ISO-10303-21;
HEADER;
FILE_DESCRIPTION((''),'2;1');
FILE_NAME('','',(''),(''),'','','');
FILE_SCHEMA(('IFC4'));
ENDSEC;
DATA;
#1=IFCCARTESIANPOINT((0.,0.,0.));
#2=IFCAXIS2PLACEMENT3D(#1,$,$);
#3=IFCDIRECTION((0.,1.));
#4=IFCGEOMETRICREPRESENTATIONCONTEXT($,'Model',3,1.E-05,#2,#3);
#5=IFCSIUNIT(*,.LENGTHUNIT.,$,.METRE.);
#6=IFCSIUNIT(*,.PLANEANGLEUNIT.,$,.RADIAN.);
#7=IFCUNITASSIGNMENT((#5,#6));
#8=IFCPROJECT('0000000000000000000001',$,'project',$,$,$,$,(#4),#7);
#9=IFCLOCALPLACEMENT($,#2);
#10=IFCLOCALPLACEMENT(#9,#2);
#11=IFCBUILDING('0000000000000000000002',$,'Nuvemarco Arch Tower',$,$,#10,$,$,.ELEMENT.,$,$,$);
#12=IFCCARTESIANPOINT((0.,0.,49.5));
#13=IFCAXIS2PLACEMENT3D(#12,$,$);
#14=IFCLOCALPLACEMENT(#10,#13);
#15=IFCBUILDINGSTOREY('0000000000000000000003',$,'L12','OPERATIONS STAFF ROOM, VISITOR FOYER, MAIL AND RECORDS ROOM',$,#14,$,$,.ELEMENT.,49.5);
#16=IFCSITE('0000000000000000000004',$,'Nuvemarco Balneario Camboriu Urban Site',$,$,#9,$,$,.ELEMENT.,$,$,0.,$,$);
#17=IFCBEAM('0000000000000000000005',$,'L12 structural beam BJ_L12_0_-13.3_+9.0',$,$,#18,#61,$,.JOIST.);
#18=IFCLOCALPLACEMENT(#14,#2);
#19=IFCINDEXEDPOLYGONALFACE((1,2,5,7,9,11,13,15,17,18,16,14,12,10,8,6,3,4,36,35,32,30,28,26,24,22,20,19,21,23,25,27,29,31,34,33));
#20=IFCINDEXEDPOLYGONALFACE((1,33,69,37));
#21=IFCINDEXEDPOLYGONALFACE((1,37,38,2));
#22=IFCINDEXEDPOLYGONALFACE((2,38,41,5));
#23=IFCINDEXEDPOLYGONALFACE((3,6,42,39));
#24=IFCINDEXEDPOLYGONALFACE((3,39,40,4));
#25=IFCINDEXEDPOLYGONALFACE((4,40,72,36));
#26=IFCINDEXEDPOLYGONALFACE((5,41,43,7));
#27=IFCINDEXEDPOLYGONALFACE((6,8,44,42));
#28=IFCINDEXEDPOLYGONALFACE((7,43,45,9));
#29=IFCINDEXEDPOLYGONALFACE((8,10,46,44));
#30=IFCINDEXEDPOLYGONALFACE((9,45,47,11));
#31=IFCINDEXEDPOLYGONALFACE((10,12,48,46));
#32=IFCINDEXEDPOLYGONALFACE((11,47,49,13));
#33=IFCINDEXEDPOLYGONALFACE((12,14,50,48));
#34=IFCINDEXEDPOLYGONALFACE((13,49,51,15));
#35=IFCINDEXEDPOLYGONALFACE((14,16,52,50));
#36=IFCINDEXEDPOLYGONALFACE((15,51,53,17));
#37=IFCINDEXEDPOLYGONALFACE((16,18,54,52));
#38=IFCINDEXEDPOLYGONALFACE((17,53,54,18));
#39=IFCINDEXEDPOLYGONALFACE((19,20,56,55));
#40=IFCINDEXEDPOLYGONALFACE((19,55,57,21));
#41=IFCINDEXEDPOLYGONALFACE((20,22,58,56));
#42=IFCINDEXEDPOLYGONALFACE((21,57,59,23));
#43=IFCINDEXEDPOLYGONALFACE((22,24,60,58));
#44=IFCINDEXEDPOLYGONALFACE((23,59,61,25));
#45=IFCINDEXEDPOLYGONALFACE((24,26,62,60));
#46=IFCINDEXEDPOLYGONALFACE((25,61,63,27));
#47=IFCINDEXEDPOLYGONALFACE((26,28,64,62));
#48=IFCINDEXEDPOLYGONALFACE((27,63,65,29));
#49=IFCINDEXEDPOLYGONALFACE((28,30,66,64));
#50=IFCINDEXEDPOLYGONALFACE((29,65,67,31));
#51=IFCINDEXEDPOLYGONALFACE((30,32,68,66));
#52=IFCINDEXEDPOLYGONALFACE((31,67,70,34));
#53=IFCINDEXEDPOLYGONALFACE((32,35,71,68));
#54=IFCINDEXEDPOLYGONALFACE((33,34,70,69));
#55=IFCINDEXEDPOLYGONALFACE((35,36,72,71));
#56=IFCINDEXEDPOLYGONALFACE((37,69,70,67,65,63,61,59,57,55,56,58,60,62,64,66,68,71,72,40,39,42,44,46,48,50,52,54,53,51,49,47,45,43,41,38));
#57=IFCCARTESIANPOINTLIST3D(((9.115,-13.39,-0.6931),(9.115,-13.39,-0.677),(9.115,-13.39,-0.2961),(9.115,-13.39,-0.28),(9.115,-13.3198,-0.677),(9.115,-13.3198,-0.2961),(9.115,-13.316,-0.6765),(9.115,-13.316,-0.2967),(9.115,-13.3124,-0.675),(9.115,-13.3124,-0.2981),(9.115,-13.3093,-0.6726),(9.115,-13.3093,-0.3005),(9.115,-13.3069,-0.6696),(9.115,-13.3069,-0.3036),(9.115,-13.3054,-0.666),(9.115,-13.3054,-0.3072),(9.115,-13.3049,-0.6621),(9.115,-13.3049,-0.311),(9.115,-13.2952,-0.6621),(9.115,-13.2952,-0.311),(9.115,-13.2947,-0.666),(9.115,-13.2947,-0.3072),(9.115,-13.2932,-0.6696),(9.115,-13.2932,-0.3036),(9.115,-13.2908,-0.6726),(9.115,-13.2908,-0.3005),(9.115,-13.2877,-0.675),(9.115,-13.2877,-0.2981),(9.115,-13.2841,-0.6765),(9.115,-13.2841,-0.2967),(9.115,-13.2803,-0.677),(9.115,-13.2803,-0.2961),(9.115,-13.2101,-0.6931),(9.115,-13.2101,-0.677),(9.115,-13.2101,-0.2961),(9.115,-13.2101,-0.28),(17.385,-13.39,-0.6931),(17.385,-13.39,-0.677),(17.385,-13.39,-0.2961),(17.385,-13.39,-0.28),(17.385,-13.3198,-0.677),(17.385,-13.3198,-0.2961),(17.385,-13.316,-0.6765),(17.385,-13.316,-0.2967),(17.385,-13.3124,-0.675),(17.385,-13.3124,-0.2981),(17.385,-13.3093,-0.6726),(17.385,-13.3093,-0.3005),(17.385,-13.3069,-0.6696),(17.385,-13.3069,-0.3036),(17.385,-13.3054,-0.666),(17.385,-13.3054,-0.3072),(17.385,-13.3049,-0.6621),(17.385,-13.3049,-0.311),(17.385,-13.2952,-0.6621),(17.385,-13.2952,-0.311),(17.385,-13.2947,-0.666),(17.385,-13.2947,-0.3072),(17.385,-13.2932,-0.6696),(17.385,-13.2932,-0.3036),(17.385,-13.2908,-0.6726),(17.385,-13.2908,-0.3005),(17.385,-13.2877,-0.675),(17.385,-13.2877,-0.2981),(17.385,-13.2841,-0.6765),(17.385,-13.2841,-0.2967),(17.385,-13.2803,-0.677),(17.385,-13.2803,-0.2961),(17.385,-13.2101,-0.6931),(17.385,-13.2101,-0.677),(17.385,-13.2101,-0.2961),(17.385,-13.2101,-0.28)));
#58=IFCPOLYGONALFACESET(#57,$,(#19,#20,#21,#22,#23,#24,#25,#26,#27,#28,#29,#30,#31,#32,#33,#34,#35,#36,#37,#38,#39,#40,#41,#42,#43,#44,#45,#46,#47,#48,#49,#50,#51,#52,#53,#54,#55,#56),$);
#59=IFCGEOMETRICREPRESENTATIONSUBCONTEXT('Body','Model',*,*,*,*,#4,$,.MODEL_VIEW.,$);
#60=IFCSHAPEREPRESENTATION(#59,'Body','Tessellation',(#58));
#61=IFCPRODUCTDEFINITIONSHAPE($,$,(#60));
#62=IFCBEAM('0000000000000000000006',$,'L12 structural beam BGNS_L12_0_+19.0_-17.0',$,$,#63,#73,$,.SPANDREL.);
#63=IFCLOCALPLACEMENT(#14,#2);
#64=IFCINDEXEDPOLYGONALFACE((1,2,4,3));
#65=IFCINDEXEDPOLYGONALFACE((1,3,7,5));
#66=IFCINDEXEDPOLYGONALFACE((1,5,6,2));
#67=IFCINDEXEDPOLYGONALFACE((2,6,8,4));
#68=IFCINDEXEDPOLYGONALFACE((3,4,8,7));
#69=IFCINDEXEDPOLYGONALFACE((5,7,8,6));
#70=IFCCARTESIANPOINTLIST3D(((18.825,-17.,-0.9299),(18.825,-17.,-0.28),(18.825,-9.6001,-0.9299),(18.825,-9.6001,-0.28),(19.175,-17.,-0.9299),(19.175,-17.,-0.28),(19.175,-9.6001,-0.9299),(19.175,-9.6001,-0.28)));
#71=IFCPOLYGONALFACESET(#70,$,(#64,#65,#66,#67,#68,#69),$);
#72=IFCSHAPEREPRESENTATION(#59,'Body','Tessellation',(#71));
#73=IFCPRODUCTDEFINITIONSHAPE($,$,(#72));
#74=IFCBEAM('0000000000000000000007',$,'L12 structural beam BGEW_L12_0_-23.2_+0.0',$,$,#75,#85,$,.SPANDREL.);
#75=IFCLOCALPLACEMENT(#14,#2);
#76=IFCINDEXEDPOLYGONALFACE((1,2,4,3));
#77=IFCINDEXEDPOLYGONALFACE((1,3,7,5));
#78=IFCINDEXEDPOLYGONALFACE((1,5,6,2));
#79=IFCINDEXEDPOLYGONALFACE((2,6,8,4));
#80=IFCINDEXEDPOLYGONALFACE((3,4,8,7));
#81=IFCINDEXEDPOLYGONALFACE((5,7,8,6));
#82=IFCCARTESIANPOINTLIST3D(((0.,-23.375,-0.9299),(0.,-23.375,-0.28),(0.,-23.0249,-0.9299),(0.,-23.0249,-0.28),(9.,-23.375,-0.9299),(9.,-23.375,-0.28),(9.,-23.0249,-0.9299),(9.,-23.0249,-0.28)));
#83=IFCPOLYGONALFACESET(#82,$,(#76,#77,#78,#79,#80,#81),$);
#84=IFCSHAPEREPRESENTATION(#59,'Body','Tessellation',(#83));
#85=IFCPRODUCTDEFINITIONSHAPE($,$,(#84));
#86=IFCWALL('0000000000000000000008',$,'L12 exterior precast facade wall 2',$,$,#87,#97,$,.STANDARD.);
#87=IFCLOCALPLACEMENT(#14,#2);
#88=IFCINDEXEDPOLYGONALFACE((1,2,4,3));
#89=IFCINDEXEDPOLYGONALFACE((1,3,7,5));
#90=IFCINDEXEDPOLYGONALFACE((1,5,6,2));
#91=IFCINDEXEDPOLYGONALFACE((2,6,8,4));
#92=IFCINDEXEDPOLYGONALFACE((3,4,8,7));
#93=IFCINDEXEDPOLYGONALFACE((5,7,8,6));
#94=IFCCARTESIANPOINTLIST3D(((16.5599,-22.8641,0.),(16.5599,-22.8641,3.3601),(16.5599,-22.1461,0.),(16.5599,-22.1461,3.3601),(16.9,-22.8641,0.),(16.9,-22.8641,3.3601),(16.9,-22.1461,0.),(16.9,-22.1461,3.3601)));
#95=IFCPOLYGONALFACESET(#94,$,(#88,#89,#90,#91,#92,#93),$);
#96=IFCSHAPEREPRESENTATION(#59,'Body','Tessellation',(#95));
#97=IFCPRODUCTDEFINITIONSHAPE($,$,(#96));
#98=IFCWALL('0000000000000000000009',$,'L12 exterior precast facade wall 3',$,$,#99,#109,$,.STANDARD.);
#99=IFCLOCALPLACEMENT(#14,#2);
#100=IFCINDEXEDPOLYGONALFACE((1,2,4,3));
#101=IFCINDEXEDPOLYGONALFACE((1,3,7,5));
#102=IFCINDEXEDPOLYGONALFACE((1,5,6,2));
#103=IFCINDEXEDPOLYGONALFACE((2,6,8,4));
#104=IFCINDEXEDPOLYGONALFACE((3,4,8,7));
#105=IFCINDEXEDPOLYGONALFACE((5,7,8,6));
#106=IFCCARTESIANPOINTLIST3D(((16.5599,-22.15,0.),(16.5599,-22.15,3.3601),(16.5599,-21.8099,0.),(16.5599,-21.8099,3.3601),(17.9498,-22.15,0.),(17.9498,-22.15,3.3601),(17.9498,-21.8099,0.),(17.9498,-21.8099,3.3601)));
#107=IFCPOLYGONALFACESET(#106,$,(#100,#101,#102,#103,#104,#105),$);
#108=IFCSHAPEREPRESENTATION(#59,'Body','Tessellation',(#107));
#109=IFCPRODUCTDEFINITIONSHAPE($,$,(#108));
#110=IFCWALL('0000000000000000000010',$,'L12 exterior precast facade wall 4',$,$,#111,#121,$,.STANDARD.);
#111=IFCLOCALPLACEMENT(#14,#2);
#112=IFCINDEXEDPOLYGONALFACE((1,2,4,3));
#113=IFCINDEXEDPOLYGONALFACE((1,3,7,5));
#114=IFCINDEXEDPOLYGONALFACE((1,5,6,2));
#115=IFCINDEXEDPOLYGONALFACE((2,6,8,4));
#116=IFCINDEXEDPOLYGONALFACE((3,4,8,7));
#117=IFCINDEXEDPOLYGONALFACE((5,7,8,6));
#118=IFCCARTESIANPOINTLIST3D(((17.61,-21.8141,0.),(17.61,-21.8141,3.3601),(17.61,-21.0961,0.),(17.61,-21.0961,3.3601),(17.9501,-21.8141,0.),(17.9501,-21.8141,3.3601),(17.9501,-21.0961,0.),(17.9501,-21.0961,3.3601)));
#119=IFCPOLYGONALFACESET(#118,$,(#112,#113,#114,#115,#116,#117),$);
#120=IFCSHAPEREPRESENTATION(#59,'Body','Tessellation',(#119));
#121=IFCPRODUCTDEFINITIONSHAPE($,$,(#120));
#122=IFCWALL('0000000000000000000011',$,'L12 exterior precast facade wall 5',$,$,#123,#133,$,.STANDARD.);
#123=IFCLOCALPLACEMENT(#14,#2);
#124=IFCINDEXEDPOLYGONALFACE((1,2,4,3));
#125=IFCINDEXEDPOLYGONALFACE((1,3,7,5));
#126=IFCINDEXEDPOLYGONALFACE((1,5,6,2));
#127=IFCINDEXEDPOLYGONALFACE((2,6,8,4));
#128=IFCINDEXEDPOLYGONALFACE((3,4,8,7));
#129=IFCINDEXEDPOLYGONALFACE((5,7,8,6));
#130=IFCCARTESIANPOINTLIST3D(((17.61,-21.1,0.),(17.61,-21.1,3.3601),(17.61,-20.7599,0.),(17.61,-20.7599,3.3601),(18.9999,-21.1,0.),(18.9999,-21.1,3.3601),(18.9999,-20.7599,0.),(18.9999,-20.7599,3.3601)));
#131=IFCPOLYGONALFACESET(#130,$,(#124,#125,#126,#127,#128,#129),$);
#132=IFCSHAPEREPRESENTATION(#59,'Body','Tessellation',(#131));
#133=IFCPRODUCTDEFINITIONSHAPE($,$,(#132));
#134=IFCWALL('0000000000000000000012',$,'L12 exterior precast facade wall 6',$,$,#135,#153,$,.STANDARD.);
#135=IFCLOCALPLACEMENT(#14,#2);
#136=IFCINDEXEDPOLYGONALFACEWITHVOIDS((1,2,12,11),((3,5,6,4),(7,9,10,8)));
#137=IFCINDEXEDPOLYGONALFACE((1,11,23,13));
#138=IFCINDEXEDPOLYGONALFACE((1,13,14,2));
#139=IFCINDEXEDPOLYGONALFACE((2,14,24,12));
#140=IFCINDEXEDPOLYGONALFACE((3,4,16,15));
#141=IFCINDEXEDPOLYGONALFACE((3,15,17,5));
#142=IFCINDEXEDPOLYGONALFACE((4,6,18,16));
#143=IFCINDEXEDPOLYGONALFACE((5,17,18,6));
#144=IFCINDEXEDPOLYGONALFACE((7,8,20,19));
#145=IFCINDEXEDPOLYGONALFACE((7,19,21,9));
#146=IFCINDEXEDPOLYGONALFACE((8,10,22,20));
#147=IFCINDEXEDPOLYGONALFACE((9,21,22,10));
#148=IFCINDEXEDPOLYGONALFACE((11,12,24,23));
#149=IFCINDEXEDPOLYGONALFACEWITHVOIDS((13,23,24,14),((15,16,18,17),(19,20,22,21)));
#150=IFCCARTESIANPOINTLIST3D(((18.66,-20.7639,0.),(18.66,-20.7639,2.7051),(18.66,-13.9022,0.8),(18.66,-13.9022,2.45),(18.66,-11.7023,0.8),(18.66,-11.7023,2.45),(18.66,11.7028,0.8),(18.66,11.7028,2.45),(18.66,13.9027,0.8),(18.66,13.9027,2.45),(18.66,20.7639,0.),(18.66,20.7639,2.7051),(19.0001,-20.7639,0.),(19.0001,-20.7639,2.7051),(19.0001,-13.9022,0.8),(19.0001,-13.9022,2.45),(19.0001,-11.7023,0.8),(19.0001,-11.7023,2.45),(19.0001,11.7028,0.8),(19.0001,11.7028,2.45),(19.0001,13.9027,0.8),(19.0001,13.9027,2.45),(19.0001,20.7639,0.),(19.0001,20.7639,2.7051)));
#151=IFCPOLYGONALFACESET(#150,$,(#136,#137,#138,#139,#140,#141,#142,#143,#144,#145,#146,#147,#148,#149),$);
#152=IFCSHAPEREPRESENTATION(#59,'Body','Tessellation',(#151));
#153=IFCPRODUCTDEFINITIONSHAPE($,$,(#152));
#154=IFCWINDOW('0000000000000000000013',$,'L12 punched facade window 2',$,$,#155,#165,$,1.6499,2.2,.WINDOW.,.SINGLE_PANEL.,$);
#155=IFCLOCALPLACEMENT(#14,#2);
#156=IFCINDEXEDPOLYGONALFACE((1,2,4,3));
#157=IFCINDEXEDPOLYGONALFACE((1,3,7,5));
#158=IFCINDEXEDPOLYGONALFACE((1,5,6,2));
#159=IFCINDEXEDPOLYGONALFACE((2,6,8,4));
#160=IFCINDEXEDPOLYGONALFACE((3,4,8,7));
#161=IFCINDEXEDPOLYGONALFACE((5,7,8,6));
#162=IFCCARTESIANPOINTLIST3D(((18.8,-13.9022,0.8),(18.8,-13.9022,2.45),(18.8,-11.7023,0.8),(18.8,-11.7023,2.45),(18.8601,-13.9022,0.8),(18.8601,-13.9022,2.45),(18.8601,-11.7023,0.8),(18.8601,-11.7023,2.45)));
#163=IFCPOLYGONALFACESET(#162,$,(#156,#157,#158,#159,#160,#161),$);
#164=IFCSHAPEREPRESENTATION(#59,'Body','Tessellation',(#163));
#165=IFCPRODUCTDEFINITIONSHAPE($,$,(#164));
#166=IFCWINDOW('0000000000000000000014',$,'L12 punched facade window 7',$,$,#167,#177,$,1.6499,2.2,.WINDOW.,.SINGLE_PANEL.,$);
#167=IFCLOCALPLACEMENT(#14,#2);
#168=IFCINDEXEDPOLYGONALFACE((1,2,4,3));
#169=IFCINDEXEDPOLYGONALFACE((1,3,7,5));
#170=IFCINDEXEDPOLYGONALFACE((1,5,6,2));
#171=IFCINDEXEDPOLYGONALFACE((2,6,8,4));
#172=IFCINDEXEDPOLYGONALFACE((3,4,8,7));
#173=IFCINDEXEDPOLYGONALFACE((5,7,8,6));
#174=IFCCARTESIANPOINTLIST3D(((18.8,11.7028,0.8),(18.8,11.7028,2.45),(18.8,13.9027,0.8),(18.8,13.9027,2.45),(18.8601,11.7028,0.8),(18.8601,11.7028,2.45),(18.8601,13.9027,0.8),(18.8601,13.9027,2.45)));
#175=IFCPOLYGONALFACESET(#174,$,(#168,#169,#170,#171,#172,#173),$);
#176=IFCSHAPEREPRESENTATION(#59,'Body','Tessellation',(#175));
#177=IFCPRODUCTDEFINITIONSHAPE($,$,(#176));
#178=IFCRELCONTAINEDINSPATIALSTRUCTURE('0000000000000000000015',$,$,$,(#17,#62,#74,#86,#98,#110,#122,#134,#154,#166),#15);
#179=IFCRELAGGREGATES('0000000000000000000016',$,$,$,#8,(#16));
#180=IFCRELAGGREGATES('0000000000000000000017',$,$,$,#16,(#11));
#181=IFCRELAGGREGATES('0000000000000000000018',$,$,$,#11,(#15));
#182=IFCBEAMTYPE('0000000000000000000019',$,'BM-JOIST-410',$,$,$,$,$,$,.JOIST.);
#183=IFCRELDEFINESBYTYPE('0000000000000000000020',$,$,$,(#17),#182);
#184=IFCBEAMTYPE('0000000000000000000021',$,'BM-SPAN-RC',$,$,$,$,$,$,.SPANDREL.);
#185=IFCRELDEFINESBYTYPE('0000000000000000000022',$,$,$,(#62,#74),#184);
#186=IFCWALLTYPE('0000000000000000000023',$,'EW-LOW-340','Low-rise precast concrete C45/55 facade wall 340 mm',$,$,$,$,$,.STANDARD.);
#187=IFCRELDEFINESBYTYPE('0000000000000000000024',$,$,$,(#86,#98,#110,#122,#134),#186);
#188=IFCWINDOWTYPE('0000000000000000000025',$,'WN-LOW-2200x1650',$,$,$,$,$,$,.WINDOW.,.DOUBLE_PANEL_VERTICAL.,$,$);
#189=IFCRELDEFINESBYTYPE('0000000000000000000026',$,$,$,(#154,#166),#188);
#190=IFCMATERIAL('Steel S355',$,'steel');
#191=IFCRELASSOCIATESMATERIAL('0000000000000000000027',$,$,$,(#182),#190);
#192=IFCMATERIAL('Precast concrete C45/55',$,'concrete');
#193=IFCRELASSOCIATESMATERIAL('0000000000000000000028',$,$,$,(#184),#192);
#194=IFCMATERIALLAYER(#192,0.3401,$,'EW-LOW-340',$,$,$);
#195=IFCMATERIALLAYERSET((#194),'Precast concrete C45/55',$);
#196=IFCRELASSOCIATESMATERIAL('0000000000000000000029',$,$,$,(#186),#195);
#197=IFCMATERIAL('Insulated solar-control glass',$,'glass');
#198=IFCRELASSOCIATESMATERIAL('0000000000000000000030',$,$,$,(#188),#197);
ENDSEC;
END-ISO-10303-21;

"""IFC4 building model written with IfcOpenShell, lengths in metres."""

from ifc_helpers import new_model, si_unit, direction, frame, frame_2d, origin, origin_2d, place, context, subcontext, project, spatial, rectangle, i_section, extrude, source, transform, mapped, material, layer, layer_set, material_profile, profile_set, type_object, type_shapes, element, fill, save


model = new_model("IFC4")

# Units and contexts
model_context = context("Model", 3, precision=1e-05, world=origin(), true_north=direction((0.0, 1.0)))
body_context = subcontext(model_context, "Body", "Model", "MODEL_VIEW")
ifc_project = project(units=[si_unit("LENGTHUNIT", "METRE"), si_unit("PLANEANGLEUNIT", "RADIAN")], contexts=[model_context])

# Site, building, storey
site_placement = place(None, origin())
site = spatial("IfcSite", under=ifc_project, at=site_placement, Name="Nuvemarco Balneario Camboriu Urban Site", CompositionType="ELEMENT", RefElevation=0.0)
building_placement = place(site_placement, origin())
building = spatial("IfcBuilding", under=site, at=building_placement, Name="Nuvemarco Arch Tower", CompositionType="ELEMENT")
storey_placement = place(building_placement, frame((0.0, 0.0, 49.5)))
storey = spatial("IfcBuildingStorey", under=building, at=storey_placement, Name="L12", Description="OPERATIONS STAFF ROOM, VISITOR FOYER, MAIL AND RECORDS ROOM", CompositionType="ELEMENT", Elevation=49.5)

# Shared definitions
ifc_material_1 = material(Name="Steel S355", Category="steel")

# Beams
ifc_material_profile_1 = material_profile(ifc_material_1, i_section(OverallWidth=0.1799, OverallDepth=0.4131, WebThickness=0.0098, FlangeThickness=0.0161, FilletRadius=0.0149, at=origin_2d()), Name="W410x75")
ifc_profile_set_1 = profile_set([ifc_material_profile_1], Name="Steel S355")
beam_type_1 = type_object("IfcBeamType", Name="BM-JOIST-410", PredefinedType="JOIST", material=ifc_profile_set_1)
beam_1_placement = place(storey_placement, frame((9.115, -13.3, -0.4866), z_axis=(1.0, 0.0, 0.0), x_axis=(0.0, 1.0, 0.0)))
element("IfcBeam", 1, at=beam_1_placement, inside=storey, type_object=beam_type_1, Name="L12 structural beam BJ_L12_0_-13.3_+9.0", PredefinedType="JOIST", context=body_context, shape_type="SweptSolid", body=[
    extrude(i_section(OverallWidth=0.1799, OverallDepth=0.4131, WebThickness=0.0098, FlangeThickness=0.0161, FilletRadius=0.0149, at=origin_2d()), origin(), (0.0, 0.0, 1.0), 8.27),
])
ifc_material_2 = material(Name="Precast concrete C45/55", Category="concrete")
ifc_material_profile_2 = material_profile(ifc_material_2, rectangle(XDim=0.3501, YDim=0.6499, at=origin_2d()), Name="PC-SP-350x650")
ifc_profile_set_2 = profile_set([ifc_material_profile_2], Name="Precast concrete C45/55")
beam_type_2 = type_object("IfcBeamType", Name="BM-SPAN-RC", PredefinedType="SPANDREL", material=ifc_profile_set_2)
beam_2_placement = place(storey_placement, frame((19.0, -17.0, -0.605), z_axis=(0.0, 1.0, 0.0), x_axis=(-1.0, 0.0, 0.0)))
element("IfcBeam", 2, at=beam_2_placement, inside=storey, type_object=beam_type_2, Name="L12 structural beam BGNS_L12_0_+19.0_-17.0", PredefinedType="SPANDREL", context=body_context, shape_type="SweptSolid", body=[
    extrude(rectangle(XDim=0.3501, YDim=0.6499, at=origin_2d()), origin(), (0.0, 0.0, 1.0), 7.3999),
])
beam_3_placement = place(storey_placement, frame((0.0, -23.2, -0.605), z_axis=(1.0, 0.0, 0.0), x_axis=(0.0, 1.0, 0.0)))
element("IfcBeam", 3, at=beam_3_placement, inside=storey, type_object=beam_type_2, Name="L12 structural beam BGEW_L12_0_-23.2_+0.0", PredefinedType="SPANDREL", context=body_context, shape_type="SweptSolid", body=[
    extrude(rectangle(XDim=0.3501, YDim=0.6499, at=origin_2d()), origin(), (0.0, 0.0, 1.0), 9.0),
])

# Walls
ifc_layer_1 = layer(ifc_material_2, 0.3401, Name="EW-LOW-340")
ifc_layer_set_1 = layer_set([ifc_layer_1], Name="Precast concrete C45/55")
wall_type_1 = type_object("IfcWallType", Name="EW-LOW-340", Description="Low-rise precast concrete C45/55 facade wall 340 mm", PredefinedType="STANDARD", material=ifc_layer_set_1)
wall_1_placement = place(storey_placement, frame((16.73, -22.864, 0.0), z_axis=(0.0, 0.0, 1.0), x_axis=(0.0, 1.0, 0.0)))
element("IfcWall", 4, at=wall_1_placement, inside=storey, type_object=wall_type_1, Name="L12 exterior precast facade wall 2", PredefinedType="STANDARD", context=body_context, shape_type="SweptSolid", body=[
    extrude(rectangle(XDim=0.718, YDim=0.3401, at=frame_2d((0.3589, 0.0))), origin(), (0.0, 0.0, 1.0), 3.3601),
])
wall_2_placement = place(storey_placement, frame((16.5601, -21.98, 0.0), z_axis=(0.0, 0.0, 1.0), x_axis=(1.0, 0.0, 0.0)))
element("IfcWall", 5, at=wall_2_placement, inside=storey, type_object=wall_type_1, Name="L12 exterior precast facade wall 3", PredefinedType="STANDARD", context=body_context, shape_type="SweptSolid", body=[
    extrude(rectangle(XDim=1.3899, YDim=0.3401, at=frame_2d((0.6948, 0.0))), origin(), (0.0, 0.0, 1.0), 3.3601),
])
wall_3_placement = place(storey_placement, frame((17.78, -21.814, 0.0), z_axis=(0.0, 0.0, 1.0), x_axis=(0.0, 1.0, 0.0)))
element("IfcWall", 6, at=wall_3_placement, inside=storey, type_object=wall_type_1, Name="L12 exterior precast facade wall 4", PredefinedType="STANDARD", context=body_context, shape_type="SweptSolid", body=[
    extrude(rectangle(XDim=0.718, YDim=0.3401, at=frame_2d((0.3589, 0.0))), origin(), (0.0, 0.0, 1.0), 3.3601),
])
wall_4_placement = place(storey_placement, frame((17.6101, -20.9299, 0.0), z_axis=(0.0, 0.0, 1.0), x_axis=(1.0, 0.0, 0.0)))
element("IfcWall", 7, at=wall_4_placement, inside=storey, type_object=wall_type_1, Name="L12 exterior precast facade wall 5", PredefinedType="STANDARD", context=body_context, shape_type="SweptSolid", body=[
    extrude(rectangle(XDim=1.3899, YDim=0.3401, at=frame_2d((0.6948, 0.0))), origin(), (0.0, 0.0, 1.0), 3.3601),
])

# Wall, openings, windows
wall_5_placement = place(storey_placement, frame((18.8301, -20.7639, 0.0), z_axis=(0.0, 0.0, 1.0), x_axis=(0.0, 1.0, 0.0)))
wall_5 = element("IfcWall", 8, at=wall_5_placement, inside=storey, type_object=wall_type_1, Name="L12 exterior precast facade wall 6", PredefinedType="STANDARD", context=body_context, shape_type="SweptSolid", body=[
    extrude(rectangle(XDim=41.5278, YDim=0.3401, at=frame_2d((20.7639, 0.0))), origin(), (0.0, 0.0, 1.0), 2.7051),
])
opening_1_placement = place(wall_5_placement, frame((6.8616, 0.0, 0.8)))
opening_1 = element("IfcOpeningElement", 9, at=opening_1_placement, cuts=wall_5, PredefinedType="OPENING", context=body_context, shape_type="SweptSolid", body=[
    extrude(rectangle(XDim=2.2, YDim=1.6499, at=frame_2d((1.1001, 0.825))), frame((0.0, 0.1799, 0.0), z_axis=(0.0, -1.0, 0.0), x_axis=(1.0, 0.0, 0.0)), (0.0, 0.0, 1.0), 0.3601),
])
opening_2_placement = place(wall_5_placement, frame((32.4666, 0.0, 0.8)))
opening_2 = element("IfcOpeningElement", 10, at=opening_2_placement, cuts=wall_5, PredefinedType="OPENING", context=body_context, shape_type="SweptSolid", body=[
    extrude(rectangle(XDim=2.2, YDim=1.6499, at=frame_2d((1.1001, 0.825))), frame((0.0, 0.1799, 0.0), z_axis=(0.0, -1.0, 0.0), x_axis=(1.0, 0.0, 0.0)), (0.0, 0.0, 1.0), 0.3601),
])
ifc_material_3 = material(Name="Insulated solar-control glass", Category="glass")
window_type = type_object("IfcWindowType", Name="WN-LOW-2200x1650", PartitioningType="DOUBLE_PANEL_VERTICAL", PredefinedType="WINDOW", material=ifc_material_3)
shared_shape_1 = source(origin(), body_context, "Body", "SweptSolid", [
    extrude(rectangle(XDim=2.2, YDim=1.6499, at=frame_2d((1.1001, 0.825))), frame((0.0, 0.03, 0.0), z_axis=(0.0, -1.0, 0.0), x_axis=(1.0, 0.0, 0.0)), (0.0, 0.0, 1.0), 0.0601),
])
type_shapes(window_type, [shared_shape_1])
window_1_placement = place(opening_1_placement, origin())
window_1 = element("IfcWindow", 11, at=window_1_placement, inside=storey, type_object=window_type, Name="L12 punched facade window 2", OverallHeight=1.6499, OverallWidth=2.2, PartitioningType="SINGLE_PANEL", PredefinedType="WINDOW", context=body_context, shape_type="MappedRepresentation", body=[
    mapped(shared_shape_1, transform((0.0, 0.0, 0.0), scale=1.0)),
])
fill(opening_1, window_1)
window_2_placement = place(opening_2_placement, origin())
window_2 = element("IfcWindow", 12, at=window_2_placement, inside=storey, type_object=window_type, Name="L12 punched facade window 7", OverallHeight=1.6499, OverallWidth=2.2, PartitioningType="SINGLE_PANEL", PredefinedType="WINDOW", context=body_context, shape_type="MappedRepresentation", body=[
    mapped(shared_shape_1, transform((0.0, 0.0, 0.0), scale=1.0)),
])
fill(opening_2, window_2)

save(model, "model.ifc")
